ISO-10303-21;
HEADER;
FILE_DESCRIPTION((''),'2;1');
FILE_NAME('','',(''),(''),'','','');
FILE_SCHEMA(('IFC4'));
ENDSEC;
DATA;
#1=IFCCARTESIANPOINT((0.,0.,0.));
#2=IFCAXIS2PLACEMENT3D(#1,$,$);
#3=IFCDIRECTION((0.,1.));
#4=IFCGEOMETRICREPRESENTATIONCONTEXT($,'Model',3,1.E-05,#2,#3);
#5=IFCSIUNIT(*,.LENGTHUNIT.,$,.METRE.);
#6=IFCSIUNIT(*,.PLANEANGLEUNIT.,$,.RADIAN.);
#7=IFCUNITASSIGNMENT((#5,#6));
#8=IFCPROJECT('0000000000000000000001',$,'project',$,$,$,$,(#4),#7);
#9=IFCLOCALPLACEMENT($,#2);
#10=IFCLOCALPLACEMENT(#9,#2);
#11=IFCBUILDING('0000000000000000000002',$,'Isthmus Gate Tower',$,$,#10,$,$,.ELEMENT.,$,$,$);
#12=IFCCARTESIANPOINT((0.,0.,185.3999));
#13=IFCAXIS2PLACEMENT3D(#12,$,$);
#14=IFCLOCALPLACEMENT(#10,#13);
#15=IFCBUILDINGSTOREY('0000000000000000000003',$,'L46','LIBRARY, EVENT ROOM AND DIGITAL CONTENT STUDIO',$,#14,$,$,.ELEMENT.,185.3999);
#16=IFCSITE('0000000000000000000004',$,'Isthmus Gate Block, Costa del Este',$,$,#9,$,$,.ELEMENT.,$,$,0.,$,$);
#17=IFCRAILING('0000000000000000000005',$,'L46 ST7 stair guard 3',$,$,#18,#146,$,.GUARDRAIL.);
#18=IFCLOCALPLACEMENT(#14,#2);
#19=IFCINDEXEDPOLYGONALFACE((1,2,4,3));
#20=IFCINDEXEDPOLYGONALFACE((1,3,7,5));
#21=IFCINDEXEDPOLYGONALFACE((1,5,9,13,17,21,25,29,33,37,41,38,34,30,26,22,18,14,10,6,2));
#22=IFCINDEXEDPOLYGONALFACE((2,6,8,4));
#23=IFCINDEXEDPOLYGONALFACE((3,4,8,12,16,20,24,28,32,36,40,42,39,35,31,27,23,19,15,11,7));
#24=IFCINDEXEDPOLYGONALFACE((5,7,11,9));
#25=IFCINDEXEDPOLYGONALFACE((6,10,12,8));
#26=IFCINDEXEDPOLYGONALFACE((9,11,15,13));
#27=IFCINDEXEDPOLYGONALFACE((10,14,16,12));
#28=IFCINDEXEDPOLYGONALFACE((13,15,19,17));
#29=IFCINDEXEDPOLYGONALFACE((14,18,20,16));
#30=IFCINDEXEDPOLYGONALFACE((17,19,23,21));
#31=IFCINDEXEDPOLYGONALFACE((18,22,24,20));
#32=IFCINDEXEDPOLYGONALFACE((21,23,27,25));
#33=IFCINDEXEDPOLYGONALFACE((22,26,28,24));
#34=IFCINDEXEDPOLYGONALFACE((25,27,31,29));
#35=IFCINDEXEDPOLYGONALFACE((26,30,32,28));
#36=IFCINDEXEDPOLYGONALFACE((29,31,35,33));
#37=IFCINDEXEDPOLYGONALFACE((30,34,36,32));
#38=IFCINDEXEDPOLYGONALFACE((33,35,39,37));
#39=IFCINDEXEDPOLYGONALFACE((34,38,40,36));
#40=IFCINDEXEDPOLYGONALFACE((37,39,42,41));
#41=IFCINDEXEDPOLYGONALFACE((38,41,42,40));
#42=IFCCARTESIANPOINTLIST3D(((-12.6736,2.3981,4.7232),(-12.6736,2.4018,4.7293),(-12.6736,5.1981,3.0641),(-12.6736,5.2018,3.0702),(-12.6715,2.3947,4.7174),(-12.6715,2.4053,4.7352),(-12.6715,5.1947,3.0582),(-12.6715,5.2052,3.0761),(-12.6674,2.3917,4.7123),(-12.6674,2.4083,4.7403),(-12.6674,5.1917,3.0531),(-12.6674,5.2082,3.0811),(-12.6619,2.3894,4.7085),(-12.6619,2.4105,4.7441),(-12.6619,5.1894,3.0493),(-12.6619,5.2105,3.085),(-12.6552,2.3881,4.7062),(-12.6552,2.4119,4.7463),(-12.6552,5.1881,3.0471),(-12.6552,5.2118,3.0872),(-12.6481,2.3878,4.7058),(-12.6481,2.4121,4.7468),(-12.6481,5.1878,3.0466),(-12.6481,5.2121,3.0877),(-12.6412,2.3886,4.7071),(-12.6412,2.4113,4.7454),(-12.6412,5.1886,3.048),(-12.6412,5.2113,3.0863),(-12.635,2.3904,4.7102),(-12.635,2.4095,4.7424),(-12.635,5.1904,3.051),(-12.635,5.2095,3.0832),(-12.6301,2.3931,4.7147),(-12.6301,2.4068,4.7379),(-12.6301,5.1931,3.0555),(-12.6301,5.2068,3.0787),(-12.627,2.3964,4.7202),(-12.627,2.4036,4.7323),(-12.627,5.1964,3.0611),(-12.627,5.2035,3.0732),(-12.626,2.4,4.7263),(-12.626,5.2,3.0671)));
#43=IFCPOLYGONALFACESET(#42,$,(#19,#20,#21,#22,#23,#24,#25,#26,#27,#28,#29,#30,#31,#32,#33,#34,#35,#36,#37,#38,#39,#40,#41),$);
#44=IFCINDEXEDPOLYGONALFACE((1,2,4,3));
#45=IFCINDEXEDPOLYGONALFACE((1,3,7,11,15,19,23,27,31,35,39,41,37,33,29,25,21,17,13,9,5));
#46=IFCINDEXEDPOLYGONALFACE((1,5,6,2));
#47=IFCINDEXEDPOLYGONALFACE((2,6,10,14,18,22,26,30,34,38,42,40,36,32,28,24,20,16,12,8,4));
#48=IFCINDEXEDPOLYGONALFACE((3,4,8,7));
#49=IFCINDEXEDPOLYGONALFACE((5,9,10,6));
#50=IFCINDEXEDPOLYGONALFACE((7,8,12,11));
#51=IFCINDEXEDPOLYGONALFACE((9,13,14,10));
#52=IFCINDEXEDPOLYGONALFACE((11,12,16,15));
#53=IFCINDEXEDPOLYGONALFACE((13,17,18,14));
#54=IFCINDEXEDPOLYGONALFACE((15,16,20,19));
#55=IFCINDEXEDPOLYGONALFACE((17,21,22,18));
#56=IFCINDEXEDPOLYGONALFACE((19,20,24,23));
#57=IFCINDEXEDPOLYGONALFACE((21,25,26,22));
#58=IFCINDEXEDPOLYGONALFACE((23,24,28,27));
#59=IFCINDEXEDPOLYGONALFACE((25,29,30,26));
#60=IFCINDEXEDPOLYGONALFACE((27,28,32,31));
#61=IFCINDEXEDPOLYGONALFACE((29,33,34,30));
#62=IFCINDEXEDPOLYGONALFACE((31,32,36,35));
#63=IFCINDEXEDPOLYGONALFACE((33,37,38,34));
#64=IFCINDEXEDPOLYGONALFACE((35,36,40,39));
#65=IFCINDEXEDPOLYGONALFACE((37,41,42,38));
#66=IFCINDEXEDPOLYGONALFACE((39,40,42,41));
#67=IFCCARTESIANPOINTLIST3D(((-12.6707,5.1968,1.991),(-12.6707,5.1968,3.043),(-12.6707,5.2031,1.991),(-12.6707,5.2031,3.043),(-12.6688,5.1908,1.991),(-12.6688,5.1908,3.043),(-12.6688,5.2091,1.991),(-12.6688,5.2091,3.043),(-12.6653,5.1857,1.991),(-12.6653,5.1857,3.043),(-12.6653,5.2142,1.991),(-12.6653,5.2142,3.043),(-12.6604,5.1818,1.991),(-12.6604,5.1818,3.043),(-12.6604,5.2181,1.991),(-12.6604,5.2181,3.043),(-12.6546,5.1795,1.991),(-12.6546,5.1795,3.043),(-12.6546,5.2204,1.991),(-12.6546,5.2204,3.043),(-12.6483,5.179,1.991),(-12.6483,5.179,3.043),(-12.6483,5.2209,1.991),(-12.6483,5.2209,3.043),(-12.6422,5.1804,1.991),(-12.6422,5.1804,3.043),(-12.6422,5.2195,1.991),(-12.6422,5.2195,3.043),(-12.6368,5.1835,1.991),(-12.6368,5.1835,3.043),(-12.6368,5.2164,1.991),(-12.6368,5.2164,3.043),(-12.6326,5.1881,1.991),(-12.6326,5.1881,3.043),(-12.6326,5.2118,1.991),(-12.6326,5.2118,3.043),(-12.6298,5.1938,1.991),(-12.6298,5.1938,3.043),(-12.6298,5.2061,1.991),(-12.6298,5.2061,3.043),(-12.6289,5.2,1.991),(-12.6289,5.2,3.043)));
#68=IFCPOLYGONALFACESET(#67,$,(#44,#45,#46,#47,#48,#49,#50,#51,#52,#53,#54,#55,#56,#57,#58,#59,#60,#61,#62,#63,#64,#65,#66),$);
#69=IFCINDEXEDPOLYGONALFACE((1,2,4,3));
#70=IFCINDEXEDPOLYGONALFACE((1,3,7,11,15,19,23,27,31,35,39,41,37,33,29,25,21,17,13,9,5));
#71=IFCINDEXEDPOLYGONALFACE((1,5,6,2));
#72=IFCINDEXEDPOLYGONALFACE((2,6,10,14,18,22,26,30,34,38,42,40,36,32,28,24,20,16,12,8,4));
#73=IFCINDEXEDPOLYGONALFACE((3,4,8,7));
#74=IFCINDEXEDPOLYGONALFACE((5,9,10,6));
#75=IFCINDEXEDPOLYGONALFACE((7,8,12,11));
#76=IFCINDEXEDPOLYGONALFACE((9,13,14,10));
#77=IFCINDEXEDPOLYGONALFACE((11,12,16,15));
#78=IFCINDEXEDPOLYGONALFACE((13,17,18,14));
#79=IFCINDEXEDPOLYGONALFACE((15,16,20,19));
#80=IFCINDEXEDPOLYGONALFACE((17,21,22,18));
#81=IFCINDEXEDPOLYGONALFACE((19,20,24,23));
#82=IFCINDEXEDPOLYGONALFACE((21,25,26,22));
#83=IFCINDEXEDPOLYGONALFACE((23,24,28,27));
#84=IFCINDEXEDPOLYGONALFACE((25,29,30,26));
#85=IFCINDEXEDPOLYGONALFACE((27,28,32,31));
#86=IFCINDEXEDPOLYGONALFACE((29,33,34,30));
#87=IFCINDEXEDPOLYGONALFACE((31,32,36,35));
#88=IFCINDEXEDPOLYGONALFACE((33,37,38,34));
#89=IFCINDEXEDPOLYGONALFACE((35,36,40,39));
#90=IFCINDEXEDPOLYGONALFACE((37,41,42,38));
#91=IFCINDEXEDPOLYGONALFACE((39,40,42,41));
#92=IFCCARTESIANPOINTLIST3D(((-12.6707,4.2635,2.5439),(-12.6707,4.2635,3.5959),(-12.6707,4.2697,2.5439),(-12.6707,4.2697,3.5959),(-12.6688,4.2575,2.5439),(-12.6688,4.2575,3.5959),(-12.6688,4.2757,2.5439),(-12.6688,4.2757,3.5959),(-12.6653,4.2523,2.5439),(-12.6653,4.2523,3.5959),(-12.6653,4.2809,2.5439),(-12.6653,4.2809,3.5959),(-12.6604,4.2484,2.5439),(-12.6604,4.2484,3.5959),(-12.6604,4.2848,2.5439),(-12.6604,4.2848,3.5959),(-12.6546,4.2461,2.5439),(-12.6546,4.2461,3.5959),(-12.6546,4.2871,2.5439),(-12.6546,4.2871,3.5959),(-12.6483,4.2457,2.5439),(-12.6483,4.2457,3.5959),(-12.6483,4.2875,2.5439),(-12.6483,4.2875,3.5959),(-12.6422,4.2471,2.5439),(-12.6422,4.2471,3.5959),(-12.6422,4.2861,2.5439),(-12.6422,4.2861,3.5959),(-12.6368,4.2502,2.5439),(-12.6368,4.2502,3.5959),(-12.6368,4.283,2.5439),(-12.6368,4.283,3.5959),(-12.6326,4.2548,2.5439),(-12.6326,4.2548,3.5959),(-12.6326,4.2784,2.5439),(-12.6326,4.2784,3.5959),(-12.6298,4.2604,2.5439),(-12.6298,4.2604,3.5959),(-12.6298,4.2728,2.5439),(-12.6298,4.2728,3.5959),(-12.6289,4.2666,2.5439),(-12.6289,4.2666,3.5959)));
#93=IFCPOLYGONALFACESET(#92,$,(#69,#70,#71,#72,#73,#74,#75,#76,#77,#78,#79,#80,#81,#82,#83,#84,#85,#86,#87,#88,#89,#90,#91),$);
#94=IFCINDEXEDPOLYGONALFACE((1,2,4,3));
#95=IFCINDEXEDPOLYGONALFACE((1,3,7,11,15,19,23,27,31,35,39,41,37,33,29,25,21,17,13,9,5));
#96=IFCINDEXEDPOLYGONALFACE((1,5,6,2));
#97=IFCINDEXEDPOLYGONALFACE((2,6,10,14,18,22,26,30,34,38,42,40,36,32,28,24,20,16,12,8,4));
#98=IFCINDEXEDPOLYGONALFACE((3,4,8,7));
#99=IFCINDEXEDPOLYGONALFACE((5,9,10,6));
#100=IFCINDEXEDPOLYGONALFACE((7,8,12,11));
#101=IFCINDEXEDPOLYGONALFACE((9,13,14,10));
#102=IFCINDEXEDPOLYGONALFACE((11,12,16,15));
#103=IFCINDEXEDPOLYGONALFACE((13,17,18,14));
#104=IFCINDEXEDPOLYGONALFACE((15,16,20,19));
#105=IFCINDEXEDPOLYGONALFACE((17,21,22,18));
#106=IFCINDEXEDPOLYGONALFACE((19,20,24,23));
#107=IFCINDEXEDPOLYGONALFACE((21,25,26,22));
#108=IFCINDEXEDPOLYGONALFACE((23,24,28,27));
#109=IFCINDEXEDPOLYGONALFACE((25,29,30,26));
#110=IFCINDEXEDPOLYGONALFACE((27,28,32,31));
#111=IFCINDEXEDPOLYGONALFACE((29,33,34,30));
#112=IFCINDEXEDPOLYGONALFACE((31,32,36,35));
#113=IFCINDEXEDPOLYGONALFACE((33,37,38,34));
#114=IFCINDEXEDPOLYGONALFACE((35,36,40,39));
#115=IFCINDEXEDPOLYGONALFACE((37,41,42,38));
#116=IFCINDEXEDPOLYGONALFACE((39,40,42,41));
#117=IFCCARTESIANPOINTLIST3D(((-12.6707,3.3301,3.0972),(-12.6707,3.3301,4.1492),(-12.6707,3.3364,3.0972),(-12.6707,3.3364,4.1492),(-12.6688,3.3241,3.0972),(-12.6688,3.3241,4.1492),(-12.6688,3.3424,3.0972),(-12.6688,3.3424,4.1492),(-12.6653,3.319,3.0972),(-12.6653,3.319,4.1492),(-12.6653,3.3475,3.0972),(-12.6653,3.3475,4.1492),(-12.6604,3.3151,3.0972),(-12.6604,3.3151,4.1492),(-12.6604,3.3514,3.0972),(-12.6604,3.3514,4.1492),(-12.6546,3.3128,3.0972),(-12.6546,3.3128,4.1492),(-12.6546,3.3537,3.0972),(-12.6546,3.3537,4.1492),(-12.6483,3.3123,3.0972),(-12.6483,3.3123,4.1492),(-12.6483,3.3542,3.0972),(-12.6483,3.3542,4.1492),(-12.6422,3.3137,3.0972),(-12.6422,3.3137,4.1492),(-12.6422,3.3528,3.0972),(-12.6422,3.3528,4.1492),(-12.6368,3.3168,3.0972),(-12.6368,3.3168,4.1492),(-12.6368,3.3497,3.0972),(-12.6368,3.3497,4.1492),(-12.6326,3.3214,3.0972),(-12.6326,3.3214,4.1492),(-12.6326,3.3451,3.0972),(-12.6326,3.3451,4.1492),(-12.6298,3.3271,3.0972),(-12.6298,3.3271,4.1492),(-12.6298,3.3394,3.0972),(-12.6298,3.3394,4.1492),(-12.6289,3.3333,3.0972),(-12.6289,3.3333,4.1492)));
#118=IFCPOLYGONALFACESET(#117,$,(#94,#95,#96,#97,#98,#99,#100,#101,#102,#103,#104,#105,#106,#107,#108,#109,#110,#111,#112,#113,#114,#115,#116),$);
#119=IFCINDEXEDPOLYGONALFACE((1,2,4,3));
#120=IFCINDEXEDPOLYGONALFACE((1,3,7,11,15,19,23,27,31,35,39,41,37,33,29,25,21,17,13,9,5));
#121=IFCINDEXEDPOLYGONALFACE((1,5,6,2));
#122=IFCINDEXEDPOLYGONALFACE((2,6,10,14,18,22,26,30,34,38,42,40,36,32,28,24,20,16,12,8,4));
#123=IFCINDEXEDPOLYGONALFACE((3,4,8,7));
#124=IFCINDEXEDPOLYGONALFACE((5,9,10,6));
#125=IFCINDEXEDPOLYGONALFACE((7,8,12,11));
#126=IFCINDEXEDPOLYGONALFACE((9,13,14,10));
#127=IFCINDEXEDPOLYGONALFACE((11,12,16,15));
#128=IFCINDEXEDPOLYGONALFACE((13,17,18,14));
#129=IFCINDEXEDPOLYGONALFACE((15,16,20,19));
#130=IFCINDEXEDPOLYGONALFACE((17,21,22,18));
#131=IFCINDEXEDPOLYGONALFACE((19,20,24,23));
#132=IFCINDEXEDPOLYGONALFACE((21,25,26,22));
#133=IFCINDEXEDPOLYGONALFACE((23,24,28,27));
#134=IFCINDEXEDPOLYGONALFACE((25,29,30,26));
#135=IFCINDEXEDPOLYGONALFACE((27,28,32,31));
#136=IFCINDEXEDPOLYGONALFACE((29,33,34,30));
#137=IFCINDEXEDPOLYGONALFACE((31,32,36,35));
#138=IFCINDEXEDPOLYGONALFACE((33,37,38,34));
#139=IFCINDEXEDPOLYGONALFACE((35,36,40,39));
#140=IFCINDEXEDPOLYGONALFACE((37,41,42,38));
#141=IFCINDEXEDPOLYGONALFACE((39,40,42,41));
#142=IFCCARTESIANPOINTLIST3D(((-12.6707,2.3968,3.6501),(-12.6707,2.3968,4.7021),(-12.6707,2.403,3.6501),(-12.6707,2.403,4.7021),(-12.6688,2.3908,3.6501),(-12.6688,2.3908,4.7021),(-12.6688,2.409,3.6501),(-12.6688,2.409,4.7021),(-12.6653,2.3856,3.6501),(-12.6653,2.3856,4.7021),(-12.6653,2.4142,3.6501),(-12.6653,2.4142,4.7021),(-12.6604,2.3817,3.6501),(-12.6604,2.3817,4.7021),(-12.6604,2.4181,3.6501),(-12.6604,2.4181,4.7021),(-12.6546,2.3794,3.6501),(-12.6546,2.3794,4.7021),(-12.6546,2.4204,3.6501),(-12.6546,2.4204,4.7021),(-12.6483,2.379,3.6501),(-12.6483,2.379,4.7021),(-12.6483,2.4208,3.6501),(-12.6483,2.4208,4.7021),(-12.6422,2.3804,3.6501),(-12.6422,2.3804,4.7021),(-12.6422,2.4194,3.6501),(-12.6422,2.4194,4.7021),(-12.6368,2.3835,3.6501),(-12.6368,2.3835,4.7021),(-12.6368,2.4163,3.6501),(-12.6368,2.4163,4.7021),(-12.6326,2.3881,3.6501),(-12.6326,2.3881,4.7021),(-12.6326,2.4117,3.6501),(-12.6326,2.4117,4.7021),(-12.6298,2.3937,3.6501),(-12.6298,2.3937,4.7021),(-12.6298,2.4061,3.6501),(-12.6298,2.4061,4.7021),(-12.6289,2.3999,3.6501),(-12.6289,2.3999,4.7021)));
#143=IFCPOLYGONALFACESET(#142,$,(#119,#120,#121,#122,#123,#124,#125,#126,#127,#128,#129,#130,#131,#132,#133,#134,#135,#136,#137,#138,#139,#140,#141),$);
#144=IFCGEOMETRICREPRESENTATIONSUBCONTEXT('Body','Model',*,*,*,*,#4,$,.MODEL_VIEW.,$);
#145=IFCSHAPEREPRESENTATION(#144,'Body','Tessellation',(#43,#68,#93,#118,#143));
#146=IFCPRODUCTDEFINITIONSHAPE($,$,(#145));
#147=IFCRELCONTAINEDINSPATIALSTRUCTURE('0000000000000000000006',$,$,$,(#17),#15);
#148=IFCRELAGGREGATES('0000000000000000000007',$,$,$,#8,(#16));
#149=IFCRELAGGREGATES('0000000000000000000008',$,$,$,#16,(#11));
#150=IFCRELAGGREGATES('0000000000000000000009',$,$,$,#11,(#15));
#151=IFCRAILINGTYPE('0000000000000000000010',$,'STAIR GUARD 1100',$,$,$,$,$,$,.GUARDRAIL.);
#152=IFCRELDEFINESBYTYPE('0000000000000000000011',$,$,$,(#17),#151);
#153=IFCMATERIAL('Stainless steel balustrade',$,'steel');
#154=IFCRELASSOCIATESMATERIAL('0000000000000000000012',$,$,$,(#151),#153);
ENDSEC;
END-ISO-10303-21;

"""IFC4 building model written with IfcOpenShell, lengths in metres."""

from ifc_helpers import new_model, si_unit, direction, frame, origin, origin_2d, place, context, subcontext, project, spatial, circle, extrude, material, type_object, element, save


model = new_model("IFC4")

# Units and contexts
model_context = context("Model", 3, precision=1e-05, world=origin(), true_north=direction((0.0, 1.0)))
body_context = subcontext(model_context, "Body", "Model", "MODEL_VIEW")
ifc_project = project(units=[si_unit("LENGTHUNIT", "METRE"), si_unit("PLANEANGLEUNIT", "RADIAN")], contexts=[model_context])

# Site, building, storey
site_placement = place(None, origin())
site = spatial("IfcSite", under=ifc_project, at=site_placement, Name="Isthmus Gate Block, Costa del Este", CompositionType="ELEMENT", RefElevation=0.0)
building_placement = place(site_placement, origin())
building = spatial("IfcBuilding", under=site, at=building_placement, Name="Isthmus Gate Tower", CompositionType="ELEMENT")
storey_placement = place(building_placement, frame((0.0, 0.0, 185.3999)))
storey = spatial("IfcBuildingStorey", under=building, at=storey_placement, Name="L46", Description="LIBRARY, EVENT ROOM AND DIGITAL CONTENT STUDIO", CompositionType="ELEMENT", Elevation=185.3999)

# Railing
ifc_material_1 = material(Name="Stainless steel balustrade", Category="steel")
railing_type_1 = type_object("IfcRailingType", Name="STAIR GUARD 1100", PredefinedType="GUARDRAIL", material=ifc_material_1)
railing_1_placement = place(storey_placement, frame((-12.6499, 5.2, 1.991)))
element("IfcRailing", 1, at=railing_1_placement, inside=storey, type_object=railing_type_1, Name="L46 ST7 stair guard 3", PredefinedType="GUARDRAIL", context=body_context, shape_type="SweptSolid", body=[
    extrude(circle(Radius=0.0239, at=origin_2d()), frame((0.0, 0.0, 1.0762), z_axis=(0.0, -0.860306, 0.509778), x_axis=(1.0, 0.0, 0.0)), (0.0, 0.0, 1.0), 3.2546),
    extrude(circle(Radius=0.021, at=origin_2d()), origin(), (0.0, 0.0, 1.0), 1.052),
    extrude(circle(Radius=0.021, at=origin_2d()), frame((0.0, -0.9333, 0.553)), (0.0, 0.0, 1.0), 1.052),
    extrude(circle(Radius=0.021, at=origin_2d()), frame((0.0, -1.8667, 1.1062)), (0.0, 0.0, 1.0), 1.052),
    extrude(circle(Radius=0.021, at=origin_2d()), frame((0.0, -2.8, 1.6592)), (0.0, 0.0, 1.0), 1.052),
])

save(model, "model.ifc")
